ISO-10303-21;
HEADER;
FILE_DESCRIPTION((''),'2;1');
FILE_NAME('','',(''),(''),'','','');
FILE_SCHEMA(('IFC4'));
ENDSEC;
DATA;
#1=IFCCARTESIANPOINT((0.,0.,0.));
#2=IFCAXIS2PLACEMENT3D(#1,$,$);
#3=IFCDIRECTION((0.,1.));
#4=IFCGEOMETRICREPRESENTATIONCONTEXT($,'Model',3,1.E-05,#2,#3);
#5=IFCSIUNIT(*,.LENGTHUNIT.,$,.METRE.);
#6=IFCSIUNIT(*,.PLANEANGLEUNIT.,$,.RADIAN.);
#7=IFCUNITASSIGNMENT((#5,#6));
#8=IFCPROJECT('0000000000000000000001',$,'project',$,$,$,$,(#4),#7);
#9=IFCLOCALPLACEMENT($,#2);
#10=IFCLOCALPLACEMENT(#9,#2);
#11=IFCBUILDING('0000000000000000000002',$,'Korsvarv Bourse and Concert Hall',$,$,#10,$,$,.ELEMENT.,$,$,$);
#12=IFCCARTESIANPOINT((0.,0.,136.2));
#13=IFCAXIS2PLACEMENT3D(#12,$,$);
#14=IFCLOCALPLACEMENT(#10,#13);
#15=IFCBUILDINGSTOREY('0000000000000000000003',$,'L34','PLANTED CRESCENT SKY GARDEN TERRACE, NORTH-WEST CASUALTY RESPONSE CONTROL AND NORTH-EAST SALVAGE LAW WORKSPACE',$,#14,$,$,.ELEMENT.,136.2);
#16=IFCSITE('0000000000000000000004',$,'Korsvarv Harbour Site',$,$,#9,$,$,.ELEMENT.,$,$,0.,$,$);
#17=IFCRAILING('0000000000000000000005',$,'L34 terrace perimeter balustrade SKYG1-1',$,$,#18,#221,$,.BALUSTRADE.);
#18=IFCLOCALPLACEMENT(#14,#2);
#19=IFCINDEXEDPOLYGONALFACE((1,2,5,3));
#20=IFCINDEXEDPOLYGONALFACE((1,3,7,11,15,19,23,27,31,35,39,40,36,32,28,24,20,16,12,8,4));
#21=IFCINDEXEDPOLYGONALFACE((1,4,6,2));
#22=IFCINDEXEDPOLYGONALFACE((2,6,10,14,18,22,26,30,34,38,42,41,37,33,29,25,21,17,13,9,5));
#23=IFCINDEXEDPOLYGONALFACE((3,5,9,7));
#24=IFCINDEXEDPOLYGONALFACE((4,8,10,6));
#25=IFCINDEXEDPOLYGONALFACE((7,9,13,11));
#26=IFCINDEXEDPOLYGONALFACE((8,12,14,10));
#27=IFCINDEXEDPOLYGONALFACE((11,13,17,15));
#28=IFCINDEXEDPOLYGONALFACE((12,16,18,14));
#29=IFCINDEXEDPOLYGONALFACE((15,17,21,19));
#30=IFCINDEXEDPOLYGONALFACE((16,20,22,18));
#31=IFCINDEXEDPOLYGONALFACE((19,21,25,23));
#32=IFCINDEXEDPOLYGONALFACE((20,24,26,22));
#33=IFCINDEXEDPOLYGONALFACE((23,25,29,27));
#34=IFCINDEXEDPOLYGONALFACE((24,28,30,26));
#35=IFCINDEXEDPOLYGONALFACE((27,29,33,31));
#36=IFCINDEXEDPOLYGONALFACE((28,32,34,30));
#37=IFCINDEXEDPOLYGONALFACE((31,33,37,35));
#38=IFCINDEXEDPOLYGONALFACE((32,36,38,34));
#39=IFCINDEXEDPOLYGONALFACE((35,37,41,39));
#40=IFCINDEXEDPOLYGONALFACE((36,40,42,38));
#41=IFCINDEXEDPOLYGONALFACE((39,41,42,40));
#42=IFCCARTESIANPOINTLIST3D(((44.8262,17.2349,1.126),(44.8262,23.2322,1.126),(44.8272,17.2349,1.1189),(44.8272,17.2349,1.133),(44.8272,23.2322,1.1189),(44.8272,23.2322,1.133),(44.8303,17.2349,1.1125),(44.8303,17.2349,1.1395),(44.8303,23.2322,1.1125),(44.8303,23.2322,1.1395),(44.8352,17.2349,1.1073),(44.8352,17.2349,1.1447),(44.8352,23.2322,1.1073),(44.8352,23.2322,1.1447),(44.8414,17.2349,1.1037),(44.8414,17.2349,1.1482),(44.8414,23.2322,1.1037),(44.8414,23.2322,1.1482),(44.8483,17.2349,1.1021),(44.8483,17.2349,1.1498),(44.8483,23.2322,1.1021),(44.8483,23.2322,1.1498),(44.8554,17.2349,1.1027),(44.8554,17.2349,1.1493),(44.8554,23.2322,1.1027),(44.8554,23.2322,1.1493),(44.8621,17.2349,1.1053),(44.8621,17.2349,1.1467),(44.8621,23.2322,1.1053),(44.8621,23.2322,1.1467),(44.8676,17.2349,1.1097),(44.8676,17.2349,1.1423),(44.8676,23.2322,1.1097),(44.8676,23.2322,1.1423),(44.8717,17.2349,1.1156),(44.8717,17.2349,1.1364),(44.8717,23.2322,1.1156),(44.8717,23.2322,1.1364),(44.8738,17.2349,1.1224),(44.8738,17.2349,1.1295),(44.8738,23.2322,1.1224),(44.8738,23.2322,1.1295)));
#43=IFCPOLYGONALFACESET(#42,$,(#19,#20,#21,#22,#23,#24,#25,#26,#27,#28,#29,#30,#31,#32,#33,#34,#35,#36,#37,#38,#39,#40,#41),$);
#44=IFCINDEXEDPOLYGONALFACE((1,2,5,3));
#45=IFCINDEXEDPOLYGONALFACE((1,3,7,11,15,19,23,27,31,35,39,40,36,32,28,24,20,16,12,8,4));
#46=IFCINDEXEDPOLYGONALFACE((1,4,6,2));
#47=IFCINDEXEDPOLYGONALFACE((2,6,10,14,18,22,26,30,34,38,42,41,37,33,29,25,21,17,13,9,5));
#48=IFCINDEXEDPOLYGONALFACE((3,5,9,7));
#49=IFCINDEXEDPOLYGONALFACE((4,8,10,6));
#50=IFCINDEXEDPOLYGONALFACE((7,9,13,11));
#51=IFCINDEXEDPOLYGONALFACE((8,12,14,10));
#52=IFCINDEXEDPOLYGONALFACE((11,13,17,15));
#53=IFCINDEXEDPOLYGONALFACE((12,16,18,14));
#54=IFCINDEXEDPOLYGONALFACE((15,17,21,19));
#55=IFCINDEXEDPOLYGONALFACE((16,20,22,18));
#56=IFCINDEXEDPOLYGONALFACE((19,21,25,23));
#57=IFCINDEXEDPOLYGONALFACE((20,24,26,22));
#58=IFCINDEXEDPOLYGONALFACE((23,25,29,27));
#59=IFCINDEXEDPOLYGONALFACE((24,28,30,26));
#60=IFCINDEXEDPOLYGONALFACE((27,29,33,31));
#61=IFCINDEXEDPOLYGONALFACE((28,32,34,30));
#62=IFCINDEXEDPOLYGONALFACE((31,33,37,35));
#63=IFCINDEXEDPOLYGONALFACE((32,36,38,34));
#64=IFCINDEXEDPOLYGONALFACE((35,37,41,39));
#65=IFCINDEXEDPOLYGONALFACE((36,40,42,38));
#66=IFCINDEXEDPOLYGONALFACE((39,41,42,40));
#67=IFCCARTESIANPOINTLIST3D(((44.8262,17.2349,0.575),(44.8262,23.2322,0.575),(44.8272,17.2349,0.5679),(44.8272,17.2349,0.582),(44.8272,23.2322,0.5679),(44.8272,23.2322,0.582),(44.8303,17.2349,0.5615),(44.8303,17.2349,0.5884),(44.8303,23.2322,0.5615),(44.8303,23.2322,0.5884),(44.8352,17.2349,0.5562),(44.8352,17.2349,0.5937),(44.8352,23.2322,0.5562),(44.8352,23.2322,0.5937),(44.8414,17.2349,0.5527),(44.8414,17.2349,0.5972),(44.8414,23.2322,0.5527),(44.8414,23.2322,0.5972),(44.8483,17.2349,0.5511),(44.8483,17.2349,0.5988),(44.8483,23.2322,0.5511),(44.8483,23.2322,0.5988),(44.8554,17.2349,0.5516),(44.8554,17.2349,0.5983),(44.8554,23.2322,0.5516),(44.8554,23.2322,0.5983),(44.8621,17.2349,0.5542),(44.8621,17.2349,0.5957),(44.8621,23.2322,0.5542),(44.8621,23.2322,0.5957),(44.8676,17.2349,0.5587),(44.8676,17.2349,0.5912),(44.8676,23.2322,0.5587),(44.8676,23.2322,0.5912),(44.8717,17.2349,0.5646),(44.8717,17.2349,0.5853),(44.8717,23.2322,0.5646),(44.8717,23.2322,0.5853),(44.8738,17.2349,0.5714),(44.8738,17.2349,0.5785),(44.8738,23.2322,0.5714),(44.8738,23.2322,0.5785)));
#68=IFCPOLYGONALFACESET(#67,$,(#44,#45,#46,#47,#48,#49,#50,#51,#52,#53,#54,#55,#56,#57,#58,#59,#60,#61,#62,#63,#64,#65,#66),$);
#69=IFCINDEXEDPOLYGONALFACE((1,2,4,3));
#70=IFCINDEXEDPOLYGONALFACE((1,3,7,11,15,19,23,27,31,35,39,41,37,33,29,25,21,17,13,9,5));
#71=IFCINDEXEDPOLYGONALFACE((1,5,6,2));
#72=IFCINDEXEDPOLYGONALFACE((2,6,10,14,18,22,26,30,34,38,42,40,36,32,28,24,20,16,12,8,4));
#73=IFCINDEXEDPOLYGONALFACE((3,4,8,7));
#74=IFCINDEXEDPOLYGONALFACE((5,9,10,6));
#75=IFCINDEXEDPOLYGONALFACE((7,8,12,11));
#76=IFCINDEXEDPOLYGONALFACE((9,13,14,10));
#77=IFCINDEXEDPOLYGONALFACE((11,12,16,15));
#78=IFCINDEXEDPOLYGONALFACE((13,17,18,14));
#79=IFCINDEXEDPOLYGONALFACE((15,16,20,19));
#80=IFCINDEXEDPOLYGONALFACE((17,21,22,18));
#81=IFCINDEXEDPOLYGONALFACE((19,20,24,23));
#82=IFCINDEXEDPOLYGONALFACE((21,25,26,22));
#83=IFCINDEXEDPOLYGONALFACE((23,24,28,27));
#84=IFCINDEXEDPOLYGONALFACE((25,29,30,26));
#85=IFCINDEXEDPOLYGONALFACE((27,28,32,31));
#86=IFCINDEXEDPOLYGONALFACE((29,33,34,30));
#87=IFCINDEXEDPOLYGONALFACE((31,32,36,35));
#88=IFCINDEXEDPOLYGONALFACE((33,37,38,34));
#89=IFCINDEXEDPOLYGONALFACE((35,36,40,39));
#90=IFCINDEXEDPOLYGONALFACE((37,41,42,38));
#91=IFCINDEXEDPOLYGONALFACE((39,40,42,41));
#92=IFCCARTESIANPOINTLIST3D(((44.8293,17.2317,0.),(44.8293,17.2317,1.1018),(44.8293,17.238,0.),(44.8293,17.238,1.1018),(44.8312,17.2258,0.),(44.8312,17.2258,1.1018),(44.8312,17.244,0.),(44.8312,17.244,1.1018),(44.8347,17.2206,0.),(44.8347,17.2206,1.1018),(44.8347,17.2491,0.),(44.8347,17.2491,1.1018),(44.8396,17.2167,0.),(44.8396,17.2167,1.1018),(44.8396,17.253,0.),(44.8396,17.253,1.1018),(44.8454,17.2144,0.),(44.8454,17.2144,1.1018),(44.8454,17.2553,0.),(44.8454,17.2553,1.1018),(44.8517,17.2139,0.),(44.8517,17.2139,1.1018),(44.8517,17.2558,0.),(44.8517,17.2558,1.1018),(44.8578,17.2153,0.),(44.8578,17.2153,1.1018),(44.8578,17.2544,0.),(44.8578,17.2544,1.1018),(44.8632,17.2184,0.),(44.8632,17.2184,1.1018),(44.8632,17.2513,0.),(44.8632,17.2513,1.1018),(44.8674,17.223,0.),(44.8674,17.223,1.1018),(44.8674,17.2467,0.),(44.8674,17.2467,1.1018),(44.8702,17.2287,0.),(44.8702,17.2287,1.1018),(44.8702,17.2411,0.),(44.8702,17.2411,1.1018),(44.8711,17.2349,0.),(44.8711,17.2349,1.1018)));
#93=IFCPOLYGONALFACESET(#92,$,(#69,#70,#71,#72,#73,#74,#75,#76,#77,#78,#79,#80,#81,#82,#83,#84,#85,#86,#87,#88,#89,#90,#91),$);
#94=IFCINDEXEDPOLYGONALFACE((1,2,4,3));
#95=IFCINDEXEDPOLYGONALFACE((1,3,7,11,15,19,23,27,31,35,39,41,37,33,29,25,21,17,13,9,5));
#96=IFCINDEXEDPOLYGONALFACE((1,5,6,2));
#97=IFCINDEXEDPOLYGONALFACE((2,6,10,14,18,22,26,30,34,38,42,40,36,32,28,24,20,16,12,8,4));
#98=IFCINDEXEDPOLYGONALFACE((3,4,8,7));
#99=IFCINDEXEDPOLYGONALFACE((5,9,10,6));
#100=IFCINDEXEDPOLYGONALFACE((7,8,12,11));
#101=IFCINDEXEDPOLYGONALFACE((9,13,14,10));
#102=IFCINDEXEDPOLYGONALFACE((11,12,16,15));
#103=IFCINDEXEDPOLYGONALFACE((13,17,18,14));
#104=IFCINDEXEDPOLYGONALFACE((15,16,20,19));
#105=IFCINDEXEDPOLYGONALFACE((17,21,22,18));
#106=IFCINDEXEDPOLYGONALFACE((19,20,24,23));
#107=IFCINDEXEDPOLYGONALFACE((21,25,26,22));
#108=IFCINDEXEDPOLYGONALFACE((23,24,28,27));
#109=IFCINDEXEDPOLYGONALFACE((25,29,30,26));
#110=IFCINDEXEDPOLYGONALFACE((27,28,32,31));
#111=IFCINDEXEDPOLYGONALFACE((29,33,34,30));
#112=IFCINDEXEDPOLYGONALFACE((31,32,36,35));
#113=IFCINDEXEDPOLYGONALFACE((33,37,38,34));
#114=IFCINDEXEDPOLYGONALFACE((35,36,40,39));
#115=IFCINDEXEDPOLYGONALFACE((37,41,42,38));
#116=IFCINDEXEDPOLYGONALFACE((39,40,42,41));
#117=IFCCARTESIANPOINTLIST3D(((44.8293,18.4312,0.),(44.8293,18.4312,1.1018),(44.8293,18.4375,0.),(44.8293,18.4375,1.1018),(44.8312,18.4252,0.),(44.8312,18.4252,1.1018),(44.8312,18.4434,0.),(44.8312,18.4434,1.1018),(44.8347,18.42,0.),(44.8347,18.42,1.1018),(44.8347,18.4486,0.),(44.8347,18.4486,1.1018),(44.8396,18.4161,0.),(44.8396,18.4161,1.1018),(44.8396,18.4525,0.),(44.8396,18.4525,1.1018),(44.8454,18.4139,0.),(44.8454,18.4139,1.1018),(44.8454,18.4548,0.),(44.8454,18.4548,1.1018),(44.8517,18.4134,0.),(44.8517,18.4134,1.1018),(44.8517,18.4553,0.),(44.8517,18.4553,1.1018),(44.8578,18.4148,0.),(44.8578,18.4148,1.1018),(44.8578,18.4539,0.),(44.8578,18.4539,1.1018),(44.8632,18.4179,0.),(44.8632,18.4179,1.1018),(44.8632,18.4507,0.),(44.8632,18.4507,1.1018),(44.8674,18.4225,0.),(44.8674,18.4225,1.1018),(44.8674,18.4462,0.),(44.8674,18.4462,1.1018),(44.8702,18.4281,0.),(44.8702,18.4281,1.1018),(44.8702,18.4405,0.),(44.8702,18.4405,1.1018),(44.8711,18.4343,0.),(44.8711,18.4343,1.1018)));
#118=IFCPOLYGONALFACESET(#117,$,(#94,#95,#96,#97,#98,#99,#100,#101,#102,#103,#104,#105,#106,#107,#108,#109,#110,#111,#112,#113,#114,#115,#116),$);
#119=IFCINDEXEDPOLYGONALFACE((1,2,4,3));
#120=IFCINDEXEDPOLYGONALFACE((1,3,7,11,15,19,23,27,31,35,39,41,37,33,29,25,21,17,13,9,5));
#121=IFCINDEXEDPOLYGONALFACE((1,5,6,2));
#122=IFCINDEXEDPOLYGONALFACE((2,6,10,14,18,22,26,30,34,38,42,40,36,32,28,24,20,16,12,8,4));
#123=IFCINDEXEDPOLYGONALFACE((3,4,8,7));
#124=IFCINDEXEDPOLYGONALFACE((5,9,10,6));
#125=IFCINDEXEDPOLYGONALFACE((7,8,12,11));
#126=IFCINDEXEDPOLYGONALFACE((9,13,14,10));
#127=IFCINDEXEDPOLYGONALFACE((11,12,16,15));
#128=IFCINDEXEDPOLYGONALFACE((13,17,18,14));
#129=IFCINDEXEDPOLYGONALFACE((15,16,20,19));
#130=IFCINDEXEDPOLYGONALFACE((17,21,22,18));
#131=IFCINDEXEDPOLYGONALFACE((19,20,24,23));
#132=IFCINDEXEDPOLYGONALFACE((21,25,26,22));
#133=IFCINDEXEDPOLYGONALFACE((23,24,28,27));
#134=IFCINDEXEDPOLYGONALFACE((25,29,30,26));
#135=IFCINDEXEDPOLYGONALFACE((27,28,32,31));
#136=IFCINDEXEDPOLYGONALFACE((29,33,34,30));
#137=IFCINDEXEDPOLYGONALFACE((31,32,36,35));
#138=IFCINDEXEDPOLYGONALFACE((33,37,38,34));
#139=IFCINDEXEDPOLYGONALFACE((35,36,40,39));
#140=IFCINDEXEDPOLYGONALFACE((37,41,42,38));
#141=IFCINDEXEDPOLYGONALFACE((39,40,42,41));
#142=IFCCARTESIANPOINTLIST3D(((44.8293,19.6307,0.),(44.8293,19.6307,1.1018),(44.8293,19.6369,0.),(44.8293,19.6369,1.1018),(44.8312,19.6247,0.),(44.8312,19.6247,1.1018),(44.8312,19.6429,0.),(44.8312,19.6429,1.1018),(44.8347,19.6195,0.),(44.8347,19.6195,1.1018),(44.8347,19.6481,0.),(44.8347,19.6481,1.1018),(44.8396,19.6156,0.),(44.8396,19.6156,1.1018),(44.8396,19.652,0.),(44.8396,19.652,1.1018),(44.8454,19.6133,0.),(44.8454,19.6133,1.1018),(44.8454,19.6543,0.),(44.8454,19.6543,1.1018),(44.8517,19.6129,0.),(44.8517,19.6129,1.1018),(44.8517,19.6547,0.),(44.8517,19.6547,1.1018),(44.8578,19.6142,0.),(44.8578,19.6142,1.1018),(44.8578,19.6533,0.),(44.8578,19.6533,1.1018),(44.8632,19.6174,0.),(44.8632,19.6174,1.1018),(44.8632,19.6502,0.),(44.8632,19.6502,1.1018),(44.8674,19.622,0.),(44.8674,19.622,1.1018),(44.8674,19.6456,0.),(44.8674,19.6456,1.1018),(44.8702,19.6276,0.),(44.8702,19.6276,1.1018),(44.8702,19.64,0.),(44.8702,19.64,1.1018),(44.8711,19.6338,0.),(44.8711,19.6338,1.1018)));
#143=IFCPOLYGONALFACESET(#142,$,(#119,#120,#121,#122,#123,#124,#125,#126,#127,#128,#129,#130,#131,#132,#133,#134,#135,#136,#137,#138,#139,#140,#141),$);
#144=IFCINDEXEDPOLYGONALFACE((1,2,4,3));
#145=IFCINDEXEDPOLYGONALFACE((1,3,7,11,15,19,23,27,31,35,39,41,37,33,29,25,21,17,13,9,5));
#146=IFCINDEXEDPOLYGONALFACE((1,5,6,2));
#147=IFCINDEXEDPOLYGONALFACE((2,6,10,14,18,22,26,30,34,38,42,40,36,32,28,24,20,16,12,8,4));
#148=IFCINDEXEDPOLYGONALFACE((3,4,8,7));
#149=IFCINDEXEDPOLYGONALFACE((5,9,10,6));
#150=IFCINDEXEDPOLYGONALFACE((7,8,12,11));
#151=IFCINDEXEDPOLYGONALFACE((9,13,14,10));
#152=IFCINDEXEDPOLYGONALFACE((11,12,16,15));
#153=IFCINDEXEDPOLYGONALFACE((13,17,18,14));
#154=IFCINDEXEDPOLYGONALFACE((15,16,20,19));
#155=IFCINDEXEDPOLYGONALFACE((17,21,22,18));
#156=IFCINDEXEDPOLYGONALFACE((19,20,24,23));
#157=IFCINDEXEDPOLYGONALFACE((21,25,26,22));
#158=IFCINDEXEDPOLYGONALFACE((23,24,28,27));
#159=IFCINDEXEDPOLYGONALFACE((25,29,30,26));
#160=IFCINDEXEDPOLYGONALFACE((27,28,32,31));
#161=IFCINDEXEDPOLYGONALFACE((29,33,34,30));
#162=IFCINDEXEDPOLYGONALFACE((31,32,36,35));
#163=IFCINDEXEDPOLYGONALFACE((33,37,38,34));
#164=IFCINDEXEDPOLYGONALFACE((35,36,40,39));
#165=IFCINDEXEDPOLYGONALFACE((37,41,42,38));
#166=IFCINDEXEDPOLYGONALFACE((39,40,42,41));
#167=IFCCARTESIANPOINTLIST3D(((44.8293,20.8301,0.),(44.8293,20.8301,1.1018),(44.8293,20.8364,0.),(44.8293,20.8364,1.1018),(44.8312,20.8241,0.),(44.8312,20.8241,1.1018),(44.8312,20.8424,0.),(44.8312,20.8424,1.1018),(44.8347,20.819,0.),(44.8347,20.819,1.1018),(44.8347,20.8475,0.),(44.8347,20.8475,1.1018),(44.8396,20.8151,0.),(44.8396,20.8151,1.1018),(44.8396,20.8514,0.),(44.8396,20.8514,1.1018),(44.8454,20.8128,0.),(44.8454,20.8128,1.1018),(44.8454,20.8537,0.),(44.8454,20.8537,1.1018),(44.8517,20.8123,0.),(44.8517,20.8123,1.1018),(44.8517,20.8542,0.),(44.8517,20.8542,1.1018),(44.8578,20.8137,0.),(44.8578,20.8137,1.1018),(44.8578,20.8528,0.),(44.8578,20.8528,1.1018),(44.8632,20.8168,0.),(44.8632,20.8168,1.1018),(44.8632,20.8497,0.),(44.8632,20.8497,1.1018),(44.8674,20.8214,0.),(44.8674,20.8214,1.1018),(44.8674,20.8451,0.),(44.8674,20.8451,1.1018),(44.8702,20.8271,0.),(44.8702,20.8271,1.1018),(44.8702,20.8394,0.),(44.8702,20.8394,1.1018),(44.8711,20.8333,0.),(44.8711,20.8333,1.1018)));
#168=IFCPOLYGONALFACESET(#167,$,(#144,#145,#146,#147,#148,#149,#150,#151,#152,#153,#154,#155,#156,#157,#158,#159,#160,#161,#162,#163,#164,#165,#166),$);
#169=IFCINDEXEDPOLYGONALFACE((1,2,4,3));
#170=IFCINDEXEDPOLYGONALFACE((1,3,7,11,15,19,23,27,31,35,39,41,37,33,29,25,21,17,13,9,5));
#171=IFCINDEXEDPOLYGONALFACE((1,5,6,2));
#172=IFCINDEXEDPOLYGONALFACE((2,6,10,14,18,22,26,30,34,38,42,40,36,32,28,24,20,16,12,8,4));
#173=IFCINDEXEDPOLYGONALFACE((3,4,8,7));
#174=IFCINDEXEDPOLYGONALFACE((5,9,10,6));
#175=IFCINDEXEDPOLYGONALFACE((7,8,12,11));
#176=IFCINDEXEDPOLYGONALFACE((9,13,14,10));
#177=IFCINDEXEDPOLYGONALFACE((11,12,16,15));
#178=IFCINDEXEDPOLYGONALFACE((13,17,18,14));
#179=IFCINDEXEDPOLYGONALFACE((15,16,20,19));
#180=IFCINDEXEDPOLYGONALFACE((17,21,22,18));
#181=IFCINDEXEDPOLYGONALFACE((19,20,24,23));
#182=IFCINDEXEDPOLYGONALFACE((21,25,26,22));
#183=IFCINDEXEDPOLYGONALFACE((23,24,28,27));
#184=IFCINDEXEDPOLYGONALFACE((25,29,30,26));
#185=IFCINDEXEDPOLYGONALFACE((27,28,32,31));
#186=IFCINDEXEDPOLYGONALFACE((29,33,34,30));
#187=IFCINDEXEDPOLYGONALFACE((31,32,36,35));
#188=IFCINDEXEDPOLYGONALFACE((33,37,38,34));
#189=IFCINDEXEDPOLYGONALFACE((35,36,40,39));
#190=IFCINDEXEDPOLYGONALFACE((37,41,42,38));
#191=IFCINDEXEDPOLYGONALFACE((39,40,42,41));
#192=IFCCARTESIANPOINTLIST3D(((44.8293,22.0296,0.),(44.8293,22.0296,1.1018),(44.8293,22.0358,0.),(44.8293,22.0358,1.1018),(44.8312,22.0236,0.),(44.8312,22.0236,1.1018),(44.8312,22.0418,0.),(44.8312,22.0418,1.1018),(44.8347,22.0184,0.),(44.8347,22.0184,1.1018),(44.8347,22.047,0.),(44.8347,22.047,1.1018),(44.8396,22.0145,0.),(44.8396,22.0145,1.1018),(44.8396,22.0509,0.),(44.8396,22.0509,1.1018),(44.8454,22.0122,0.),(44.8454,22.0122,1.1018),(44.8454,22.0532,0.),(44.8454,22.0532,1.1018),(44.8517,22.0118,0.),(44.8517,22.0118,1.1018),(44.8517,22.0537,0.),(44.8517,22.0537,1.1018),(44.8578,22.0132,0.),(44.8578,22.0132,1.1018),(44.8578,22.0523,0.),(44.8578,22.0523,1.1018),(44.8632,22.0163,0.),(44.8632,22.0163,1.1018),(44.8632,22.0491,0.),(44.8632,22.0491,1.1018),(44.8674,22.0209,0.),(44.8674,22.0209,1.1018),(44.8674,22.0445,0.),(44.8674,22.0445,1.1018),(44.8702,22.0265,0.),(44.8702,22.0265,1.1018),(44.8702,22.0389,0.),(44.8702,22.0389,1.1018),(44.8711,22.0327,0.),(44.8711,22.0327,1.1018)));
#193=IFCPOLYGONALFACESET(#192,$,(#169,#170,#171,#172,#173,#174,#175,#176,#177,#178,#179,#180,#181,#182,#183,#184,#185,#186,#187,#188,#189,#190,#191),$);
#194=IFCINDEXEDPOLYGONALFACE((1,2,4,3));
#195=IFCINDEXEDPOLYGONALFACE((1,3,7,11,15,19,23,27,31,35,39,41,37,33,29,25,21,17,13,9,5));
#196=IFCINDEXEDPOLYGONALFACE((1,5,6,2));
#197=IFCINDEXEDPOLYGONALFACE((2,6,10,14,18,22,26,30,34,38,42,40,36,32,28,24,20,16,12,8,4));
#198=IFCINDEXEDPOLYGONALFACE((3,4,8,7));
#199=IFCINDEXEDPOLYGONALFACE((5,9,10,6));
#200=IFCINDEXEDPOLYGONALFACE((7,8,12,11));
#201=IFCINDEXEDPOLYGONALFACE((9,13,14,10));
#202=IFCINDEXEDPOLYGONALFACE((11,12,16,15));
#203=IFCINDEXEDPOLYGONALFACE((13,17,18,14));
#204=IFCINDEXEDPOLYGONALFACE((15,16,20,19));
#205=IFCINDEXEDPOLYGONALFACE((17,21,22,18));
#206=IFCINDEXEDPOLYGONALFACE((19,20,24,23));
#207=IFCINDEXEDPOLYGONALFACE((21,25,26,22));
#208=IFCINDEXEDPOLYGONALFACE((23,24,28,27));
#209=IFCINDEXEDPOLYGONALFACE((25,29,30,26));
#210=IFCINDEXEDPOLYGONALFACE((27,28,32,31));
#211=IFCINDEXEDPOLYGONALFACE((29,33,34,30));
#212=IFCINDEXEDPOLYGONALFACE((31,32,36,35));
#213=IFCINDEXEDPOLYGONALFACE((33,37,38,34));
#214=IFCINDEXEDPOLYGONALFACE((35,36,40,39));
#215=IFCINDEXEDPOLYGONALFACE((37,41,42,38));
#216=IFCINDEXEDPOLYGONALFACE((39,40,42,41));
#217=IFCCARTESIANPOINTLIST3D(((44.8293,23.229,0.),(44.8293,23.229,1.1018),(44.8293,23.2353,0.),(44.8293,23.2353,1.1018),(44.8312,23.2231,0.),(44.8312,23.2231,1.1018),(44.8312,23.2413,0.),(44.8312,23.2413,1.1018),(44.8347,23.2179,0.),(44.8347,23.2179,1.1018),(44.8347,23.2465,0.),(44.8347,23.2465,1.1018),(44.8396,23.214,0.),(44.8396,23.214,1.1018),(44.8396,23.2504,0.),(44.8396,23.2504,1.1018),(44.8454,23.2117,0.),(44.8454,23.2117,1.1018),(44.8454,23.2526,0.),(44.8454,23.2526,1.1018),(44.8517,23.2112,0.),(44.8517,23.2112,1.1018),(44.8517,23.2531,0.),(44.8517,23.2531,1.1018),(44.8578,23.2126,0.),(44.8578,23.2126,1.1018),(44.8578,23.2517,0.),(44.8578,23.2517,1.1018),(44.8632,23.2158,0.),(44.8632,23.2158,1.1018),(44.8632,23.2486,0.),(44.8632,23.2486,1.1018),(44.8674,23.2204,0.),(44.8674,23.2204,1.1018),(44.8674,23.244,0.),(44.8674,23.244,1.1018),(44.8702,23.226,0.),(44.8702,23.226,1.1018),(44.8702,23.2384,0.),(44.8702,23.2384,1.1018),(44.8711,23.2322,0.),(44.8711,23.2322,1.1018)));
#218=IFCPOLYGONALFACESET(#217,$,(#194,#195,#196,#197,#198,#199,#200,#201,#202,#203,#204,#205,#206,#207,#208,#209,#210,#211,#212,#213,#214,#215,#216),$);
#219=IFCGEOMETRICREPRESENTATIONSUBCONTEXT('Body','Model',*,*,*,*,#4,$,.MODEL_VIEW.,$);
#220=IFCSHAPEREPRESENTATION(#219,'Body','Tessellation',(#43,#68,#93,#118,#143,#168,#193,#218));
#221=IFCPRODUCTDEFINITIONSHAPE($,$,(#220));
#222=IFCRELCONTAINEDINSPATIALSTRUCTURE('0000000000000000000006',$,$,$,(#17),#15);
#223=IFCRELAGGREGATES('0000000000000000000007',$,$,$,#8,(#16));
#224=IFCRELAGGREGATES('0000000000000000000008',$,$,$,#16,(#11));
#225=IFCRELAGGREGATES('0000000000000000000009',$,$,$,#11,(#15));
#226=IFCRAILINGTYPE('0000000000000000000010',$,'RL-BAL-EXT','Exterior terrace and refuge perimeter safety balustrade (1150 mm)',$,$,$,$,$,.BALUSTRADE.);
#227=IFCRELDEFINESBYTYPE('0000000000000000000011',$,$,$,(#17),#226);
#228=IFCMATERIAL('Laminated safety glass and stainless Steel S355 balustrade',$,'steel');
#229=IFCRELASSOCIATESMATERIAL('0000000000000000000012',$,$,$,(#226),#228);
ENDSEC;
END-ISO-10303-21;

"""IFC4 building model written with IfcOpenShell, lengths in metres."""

from ifc_helpers import new_model, si_unit, direction, frame, origin, origin_2d, place, context, subcontext, project, spatial, circle, extrude, material, type_object, element, save


model = new_model("IFC4")

# Units and contexts
model_context = context("Model", 3, precision=1e-05, world=origin(), true_north=direction((0.0, 1.0)))
body_context = subcontext(model_context, "Body", "Model", "MODEL_VIEW")
ifc_project = project(units=[si_unit("LENGTHUNIT", "METRE"), si_unit("PLANEANGLEUNIT", "RADIAN")], contexts=[model_context])

# Site, building, storey
site_placement = place(None, origin())
site = spatial("IfcSite", under=ifc_project, at=site_placement, Name="Korsvarv Harbour Site", CompositionType="ELEMENT", RefElevation=0.0)
building_placement = place(site_placement, origin())
building = spatial("IfcBuilding", under=site, at=building_placement, Name="Korsvarv Bourse and Concert Hall", CompositionType="ELEMENT")
storey_placement = place(building_placement, frame((0.0, 0.0, 136.2)))
storey = spatial("IfcBuildingStorey", under=building, at=storey_placement, Name="L34", Description="PLANTED CRESCENT SKY GARDEN TERRACE, NORTH-WEST CASUALTY RESPONSE CONTROL AND NORTH-EAST SALVAGE LAW WORKSPACE", CompositionType="ELEMENT", Elevation=136.2)

# Railing
ifc_material_1 = material(Name="Laminated safety glass and stainless Steel S355 balustrade", Category="steel")
railing_type = type_object("IfcRailingType", Name="RL-BAL-EXT", Description="Exterior terrace and refuge perimeter safety balustrade (1150 mm)", PredefinedType="BALUSTRADE", material=ifc_material_1)
railing_1_placement = place(storey_placement, frame((44.8501, 17.2349, 0.0)))
element("IfcRailing", 1, at=railing_1_placement, inside=storey, type_object=railing_type, Name="L34 terrace perimeter balustrade SKYG1-1", PredefinedType="BALUSTRADE", context=body_context, shape_type="SweptSolid", body=[
    extrude(circle(Radius=0.0239, at=origin_2d()), frame((0.0, 0.0, 1.126), z_axis=(0.0, 1.0, 0.0), x_axis=(-1.0, 0.0, 0.0)), (0.0, 0.0, 1.0), 5.9973),
    extrude(circle(Radius=0.0239, at=origin_2d()), frame((0.0, 0.0, 0.575), z_axis=(0.0, 1.0, 0.0), x_axis=(-1.0, 0.0, 0.0)), (0.0, 0.0, 1.0), 5.9973),
    extrude(circle(Radius=0.021, at=origin_2d()), origin(), (0.0, 0.0, 1.0), 1.1018),
    extrude(circle(Radius=0.021, at=origin_2d()), frame((0.0, 1.1995, 0.0)), (0.0, 0.0, 1.0), 1.1018),
    extrude(circle(Radius=0.021, at=origin_2d()), frame((0.0, 2.3989, 0.0)), (0.0, 0.0, 1.0), 1.1018),
    extrude(circle(Radius=0.021, at=origin_2d()), frame((0.0, 3.5984, 0.0)), (0.0, 0.0, 1.0), 1.1018),
    extrude(circle(Radius=0.021, at=origin_2d()), frame((0.0, 4.7979, 0.0)), (0.0, 0.0, 1.0), 1.1018),
    extrude(circle(Radius=0.021, at=origin_2d()), frame((0.0, 5.9973, 0.0)), (0.0, 0.0, 1.0), 1.1018),
])

save(model, "model.ifc")
